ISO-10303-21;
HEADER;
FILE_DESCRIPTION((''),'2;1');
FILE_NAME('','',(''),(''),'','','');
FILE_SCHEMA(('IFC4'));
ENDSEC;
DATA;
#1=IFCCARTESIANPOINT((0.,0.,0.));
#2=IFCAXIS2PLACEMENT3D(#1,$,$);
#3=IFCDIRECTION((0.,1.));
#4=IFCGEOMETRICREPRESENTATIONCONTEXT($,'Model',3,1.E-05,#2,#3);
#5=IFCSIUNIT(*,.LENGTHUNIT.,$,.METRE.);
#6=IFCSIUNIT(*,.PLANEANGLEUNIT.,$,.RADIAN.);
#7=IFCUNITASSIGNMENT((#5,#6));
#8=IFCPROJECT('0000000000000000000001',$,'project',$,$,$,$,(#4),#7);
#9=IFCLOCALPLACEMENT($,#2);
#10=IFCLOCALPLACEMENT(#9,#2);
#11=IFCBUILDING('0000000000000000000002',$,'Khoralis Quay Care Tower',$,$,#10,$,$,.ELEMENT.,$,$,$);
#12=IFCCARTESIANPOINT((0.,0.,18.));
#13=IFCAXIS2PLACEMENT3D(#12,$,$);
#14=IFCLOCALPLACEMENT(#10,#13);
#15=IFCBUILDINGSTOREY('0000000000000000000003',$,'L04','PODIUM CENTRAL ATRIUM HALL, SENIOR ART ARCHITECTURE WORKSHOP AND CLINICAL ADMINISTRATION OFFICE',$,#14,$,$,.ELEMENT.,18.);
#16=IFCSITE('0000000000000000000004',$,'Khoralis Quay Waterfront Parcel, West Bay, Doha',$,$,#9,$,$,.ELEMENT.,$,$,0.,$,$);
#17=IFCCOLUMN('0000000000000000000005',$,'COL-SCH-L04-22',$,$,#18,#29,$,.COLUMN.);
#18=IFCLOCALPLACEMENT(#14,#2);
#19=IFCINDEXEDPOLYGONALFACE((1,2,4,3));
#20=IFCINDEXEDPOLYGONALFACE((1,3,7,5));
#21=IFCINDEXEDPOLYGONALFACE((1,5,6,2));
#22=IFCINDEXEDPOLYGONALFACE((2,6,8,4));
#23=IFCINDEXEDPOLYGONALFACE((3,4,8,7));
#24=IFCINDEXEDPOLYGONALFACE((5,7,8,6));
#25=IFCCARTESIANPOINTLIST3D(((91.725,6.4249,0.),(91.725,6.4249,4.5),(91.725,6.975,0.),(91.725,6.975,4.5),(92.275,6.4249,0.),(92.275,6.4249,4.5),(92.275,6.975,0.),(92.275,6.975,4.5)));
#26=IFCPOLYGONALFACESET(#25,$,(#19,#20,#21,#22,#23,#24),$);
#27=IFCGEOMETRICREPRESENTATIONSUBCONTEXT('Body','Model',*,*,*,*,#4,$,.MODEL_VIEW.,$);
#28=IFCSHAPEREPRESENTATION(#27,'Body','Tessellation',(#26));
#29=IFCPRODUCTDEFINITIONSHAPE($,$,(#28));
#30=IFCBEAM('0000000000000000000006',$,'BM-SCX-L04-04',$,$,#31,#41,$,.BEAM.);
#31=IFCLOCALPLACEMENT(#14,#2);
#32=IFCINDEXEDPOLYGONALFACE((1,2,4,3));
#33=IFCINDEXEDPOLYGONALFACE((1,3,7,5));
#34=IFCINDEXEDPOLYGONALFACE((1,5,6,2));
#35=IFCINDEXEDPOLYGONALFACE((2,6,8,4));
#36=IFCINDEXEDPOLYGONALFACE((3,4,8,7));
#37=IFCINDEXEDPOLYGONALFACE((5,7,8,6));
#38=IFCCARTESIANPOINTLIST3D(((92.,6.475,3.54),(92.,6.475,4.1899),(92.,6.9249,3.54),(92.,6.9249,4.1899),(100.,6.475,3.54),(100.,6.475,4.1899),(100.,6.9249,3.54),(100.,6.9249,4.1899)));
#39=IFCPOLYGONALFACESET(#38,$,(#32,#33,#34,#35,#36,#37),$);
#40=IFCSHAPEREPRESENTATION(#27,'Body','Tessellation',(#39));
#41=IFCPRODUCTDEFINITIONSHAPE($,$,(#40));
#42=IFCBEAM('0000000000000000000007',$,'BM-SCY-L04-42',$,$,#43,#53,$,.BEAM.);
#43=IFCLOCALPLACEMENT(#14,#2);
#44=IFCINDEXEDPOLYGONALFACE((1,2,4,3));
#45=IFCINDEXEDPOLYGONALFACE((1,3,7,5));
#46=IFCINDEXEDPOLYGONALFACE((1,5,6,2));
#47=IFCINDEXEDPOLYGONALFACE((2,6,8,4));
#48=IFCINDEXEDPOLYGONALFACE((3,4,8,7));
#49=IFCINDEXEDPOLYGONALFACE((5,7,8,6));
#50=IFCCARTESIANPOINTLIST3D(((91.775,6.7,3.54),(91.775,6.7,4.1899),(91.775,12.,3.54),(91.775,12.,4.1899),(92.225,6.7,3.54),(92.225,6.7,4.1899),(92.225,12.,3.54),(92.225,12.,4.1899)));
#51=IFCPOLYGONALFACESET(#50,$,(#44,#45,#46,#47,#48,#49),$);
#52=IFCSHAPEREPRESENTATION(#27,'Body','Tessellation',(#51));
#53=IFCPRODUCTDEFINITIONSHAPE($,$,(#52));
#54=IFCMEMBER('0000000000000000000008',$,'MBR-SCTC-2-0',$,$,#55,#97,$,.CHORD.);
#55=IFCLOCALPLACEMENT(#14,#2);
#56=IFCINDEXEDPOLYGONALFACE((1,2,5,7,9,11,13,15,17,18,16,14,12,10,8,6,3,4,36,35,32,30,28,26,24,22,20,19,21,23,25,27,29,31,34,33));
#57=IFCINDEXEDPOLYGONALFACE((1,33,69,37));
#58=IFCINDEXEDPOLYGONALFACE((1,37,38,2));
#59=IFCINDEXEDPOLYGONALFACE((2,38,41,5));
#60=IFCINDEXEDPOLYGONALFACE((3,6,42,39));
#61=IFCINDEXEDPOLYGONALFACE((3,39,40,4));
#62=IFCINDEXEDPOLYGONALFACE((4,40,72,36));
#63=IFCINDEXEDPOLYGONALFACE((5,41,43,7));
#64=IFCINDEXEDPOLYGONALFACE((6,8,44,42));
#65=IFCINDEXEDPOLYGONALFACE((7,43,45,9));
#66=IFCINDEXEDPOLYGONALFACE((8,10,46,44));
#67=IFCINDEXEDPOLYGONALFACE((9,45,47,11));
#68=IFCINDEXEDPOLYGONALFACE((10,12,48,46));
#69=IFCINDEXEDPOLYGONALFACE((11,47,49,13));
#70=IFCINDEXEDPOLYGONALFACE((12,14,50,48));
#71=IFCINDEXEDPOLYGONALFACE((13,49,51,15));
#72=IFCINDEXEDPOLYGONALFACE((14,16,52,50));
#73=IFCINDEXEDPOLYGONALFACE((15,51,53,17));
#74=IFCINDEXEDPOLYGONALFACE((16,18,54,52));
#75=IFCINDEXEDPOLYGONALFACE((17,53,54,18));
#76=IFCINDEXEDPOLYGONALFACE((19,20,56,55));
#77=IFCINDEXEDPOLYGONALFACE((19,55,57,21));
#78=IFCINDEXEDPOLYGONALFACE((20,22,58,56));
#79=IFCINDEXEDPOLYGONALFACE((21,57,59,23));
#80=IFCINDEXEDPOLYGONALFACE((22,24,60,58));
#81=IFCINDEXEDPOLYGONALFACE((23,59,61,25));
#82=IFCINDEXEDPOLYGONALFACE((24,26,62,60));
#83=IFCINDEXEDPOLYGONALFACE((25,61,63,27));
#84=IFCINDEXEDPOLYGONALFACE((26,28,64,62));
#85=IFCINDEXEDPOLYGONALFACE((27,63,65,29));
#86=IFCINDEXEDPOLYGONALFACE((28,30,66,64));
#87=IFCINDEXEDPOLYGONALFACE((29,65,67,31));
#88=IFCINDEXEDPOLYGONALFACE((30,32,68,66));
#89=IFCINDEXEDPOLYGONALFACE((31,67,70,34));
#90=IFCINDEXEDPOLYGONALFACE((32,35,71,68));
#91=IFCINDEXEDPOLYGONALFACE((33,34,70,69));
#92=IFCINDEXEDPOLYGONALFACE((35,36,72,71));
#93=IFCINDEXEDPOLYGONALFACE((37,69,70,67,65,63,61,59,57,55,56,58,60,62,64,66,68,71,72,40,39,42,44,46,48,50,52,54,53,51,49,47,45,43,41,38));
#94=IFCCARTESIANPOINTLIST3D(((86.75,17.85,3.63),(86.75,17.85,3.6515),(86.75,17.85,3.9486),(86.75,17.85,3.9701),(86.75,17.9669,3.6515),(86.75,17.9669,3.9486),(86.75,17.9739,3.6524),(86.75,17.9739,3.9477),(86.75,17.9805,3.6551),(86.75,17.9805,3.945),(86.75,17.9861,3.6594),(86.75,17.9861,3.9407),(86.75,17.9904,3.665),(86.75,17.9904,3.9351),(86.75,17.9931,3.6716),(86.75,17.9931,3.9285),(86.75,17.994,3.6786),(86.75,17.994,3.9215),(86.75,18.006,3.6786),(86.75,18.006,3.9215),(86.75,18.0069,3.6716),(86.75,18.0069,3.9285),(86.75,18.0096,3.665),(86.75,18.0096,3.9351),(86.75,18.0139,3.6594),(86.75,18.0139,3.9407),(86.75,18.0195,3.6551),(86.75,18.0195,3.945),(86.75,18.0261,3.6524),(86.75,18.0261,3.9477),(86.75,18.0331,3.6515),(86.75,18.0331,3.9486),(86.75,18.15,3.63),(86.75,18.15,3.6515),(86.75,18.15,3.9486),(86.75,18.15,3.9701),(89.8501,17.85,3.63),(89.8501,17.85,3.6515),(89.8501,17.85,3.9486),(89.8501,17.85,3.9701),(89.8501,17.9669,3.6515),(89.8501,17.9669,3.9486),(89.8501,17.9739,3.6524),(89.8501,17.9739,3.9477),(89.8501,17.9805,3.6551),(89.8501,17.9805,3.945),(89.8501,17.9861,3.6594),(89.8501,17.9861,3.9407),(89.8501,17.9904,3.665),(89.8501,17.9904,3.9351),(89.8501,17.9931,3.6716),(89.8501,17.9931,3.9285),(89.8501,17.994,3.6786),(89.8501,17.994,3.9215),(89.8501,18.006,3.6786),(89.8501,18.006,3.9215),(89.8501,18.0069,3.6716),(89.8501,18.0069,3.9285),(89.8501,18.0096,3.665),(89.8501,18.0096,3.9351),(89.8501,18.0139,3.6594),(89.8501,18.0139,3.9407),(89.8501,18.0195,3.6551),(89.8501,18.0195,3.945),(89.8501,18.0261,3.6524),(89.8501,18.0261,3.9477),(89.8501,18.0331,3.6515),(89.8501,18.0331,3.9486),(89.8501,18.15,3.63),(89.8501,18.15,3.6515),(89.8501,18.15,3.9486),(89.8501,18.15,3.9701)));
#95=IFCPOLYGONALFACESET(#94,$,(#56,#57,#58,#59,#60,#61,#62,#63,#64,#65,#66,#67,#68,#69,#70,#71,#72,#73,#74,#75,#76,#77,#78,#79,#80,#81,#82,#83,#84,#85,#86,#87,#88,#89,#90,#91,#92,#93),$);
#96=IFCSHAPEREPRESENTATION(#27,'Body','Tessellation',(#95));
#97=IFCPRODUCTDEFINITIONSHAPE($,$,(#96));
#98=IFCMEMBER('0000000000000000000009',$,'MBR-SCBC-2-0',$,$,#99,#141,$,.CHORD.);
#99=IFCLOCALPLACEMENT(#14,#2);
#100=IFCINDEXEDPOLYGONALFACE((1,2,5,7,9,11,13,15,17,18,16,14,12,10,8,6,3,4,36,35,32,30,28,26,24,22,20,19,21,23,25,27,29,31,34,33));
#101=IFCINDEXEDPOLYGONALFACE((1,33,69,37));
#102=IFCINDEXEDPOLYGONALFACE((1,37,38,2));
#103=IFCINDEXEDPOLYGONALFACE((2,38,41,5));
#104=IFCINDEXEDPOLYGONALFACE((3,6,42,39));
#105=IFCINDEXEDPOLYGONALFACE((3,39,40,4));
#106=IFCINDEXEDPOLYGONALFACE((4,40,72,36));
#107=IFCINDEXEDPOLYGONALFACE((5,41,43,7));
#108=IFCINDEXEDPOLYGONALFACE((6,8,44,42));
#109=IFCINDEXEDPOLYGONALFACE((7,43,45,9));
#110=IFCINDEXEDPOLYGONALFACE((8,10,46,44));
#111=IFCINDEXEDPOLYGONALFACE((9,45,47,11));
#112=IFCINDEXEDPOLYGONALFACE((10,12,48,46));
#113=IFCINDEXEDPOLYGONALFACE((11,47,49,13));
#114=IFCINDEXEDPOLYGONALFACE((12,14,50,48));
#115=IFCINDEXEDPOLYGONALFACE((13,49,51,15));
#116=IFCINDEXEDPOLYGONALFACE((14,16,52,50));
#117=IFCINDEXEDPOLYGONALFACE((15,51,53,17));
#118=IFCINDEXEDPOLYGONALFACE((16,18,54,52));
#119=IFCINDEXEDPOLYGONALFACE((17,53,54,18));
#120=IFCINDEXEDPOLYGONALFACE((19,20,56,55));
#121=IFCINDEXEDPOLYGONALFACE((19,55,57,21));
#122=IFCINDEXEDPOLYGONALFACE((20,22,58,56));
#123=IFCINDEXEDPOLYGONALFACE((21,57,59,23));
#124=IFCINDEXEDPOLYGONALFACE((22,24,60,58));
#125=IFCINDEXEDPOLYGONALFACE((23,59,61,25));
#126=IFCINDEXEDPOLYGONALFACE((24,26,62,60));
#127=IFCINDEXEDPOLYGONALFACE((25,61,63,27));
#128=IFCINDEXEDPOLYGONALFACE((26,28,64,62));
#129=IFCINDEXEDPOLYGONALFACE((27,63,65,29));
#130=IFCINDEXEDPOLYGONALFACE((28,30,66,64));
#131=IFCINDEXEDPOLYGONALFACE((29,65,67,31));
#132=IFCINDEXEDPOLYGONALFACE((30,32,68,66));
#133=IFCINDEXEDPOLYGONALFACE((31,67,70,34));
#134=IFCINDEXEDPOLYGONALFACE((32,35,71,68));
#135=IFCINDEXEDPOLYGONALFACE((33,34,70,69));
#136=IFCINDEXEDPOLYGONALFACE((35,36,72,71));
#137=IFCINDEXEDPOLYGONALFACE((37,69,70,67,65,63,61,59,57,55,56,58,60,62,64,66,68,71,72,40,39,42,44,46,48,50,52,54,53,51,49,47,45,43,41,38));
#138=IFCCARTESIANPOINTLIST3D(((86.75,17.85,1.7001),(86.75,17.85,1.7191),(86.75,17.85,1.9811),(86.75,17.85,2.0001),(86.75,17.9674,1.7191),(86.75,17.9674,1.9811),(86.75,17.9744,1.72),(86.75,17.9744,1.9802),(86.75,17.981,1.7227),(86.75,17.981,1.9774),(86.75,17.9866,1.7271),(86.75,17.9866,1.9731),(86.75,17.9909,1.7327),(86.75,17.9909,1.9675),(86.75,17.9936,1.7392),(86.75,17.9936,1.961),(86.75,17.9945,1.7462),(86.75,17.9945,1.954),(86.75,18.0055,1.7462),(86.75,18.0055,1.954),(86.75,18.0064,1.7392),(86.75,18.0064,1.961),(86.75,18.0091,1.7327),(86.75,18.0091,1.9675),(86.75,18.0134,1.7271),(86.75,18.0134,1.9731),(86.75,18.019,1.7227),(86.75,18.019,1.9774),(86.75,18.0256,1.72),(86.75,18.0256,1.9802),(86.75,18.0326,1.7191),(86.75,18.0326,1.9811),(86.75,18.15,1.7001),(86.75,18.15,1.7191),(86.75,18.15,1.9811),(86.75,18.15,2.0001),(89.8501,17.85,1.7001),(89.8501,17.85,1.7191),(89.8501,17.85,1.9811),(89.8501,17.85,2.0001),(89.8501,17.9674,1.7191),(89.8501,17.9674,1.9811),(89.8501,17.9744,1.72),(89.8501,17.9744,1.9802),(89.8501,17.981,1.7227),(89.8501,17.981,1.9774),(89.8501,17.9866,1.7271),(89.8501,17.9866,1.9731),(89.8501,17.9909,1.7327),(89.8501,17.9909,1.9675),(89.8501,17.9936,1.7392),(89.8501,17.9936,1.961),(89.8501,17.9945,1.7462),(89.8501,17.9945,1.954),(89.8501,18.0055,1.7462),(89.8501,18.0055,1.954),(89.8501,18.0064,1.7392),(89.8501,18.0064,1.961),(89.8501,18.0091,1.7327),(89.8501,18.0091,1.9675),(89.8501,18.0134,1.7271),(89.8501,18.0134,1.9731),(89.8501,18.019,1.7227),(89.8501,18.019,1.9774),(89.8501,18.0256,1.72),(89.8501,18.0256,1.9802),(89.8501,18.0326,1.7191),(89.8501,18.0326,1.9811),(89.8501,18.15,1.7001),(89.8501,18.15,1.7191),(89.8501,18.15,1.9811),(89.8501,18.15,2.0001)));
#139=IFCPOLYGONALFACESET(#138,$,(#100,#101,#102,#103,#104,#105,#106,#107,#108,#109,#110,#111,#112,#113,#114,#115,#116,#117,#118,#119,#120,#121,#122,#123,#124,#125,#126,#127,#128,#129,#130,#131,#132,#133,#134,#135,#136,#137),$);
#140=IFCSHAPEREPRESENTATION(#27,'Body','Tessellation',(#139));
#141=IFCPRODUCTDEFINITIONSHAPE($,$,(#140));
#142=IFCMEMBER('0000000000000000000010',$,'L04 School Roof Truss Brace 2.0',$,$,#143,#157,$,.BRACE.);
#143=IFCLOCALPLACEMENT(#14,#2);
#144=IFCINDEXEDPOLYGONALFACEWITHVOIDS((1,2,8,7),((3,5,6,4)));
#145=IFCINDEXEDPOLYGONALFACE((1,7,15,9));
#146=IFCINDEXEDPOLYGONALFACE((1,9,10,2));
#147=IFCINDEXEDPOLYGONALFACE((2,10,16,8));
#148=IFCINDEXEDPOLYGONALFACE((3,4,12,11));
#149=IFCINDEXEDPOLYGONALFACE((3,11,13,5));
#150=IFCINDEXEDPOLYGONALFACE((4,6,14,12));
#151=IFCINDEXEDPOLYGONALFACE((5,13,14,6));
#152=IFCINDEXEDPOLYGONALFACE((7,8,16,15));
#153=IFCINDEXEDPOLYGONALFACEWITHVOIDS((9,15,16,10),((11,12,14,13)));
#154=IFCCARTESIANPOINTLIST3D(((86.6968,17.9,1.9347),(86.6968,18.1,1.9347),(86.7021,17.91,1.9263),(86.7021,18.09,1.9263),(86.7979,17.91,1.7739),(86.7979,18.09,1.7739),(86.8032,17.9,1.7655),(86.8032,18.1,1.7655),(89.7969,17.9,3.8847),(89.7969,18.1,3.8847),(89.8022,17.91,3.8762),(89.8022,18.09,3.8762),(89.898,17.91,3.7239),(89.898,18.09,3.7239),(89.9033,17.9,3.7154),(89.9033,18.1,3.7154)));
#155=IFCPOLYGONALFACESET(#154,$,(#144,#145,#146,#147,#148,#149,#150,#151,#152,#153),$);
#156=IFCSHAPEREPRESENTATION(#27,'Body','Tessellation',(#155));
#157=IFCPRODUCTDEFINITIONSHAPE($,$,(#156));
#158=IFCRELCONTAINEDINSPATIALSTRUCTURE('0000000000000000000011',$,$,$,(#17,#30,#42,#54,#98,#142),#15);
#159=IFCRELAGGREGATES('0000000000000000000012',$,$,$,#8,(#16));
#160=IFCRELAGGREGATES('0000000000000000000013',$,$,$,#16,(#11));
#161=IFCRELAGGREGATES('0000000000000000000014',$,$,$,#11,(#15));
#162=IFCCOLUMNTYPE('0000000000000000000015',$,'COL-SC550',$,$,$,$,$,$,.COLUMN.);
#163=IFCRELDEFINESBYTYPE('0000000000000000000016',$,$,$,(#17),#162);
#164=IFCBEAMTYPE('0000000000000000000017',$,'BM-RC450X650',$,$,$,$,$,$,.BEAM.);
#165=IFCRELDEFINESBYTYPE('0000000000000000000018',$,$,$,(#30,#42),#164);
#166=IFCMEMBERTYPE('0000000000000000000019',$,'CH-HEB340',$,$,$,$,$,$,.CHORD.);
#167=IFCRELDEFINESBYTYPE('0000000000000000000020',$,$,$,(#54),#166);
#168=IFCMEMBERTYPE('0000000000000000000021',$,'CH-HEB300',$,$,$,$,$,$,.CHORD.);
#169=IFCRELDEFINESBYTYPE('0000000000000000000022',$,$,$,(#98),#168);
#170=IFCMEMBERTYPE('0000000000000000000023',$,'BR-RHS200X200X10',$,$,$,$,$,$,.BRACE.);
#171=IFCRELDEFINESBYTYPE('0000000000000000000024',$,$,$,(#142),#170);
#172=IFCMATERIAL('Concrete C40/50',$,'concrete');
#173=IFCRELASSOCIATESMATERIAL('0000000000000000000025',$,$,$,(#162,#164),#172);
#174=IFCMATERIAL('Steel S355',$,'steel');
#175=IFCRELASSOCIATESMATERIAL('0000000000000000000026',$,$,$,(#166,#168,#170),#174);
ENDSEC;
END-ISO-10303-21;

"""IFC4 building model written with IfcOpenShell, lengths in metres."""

from ifc_helpers import new_model, si_unit, direction, frame, origin, origin_2d, place, context, subcontext, project, spatial, rectangle, hollow_rectangle, i_section, extrude, source, transform, mapped, material, material_profile, profile_set, type_object, element, save


model = new_model("IFC4")

# Units and contexts
model_context = context("Model", 3, precision=1e-05, world=origin(), true_north=direction((0.0, 1.0)))
body_context = subcontext(model_context, "Body", "Model", "MODEL_VIEW")
ifc_project = project(units=[si_unit("LENGTHUNIT", "METRE"), si_unit("PLANEANGLEUNIT", "RADIAN")], contexts=[model_context])

# Site, building, storey
site_placement = place(None, origin())
site = spatial("IfcSite", under=ifc_project, at=site_placement, Name="Khoralis Quay Waterfront Parcel, West Bay, Doha", CompositionType="ELEMENT", RefElevation=0.0)
building_placement = place(site_placement, origin())
building = spatial("IfcBuilding", under=site, at=building_placement, Name="Khoralis Quay Care Tower", CompositionType="ELEMENT")
storey_placement = place(building_placement, frame((0.0, 0.0, 18.0)))
storey = spatial("IfcBuildingStorey", under=building, at=storey_placement, Name="L04", Description="PODIUM CENTRAL ATRIUM HALL, SENIOR ART ARCHITECTURE WORKSHOP AND CLINICAL ADMINISTRATION OFFICE", CompositionType="ELEMENT", Elevation=18.0)

# Column
ifc_material_1 = material(Name="Concrete C40/50", Category="concrete")
ifc_material_profile_1 = material_profile(ifc_material_1, rectangle(XDim=0.55, YDim=0.55, at=origin_2d()), Name="Concrete C40/50")
ifc_profile_set_1 = profile_set([ifc_material_profile_1], Name="Concrete C40/50")
column_type = type_object("IfcColumnType", Name="COL-SC550", PredefinedType="COLUMN", material=ifc_profile_set_1)
shared_shape_1 = source(origin(), body_context, "Body", "SweptSolid", [
    extrude(rectangle(XDim=0.55, YDim=0.55, at=origin_2d()), origin(), (0.0, 0.0, 1.0), 4.5),
])
column_placement = place(storey_placement, frame((92.0, 6.7, 0.0), z_axis=(0.0, 0.0, 1.0), x_axis=(1.0, 0.0, 0.0)))
element("IfcColumn", 1, at=column_placement, inside=storey, type_object=column_type, Name="COL-SCH-L04-22", PredefinedType="COLUMN", context=body_context, shape_type="MappedRepresentation", body=[
    mapped(shared_shape_1, transform((0.0, 0.0, 0.0), scale=1.0)),
])

# Beams
ifc_material_profile_2 = material_profile(ifc_material_1, rectangle(XDim=0.45, YDim=0.6499, at=origin_2d()), Name="Concrete C40/50")
ifc_profile_set_2 = profile_set([ifc_material_profile_2], Name="Concrete C40/50")
beam_type = type_object("IfcBeamType", Name="BM-RC450X650", PredefinedType="BEAM", material=ifc_profile_set_2)
shared_shape_2 = source(origin(), body_context, "Body", "SweptSolid", [
    extrude(rectangle(XDim=0.45, YDim=0.6499, at=origin_2d()), origin(), (0.0, 0.0, 1.0), 8.0),
])
beam_1_placement = place(storey_placement, frame((92.0, 6.7, 3.865), z_axis=(1.0, 0.0, 0.0), x_axis=(0.0, 1.0, 0.0)))
element("IfcBeam", 2, at=beam_1_placement, inside=storey, type_object=beam_type, Name="BM-SCX-L04-04", PredefinedType="BEAM", context=body_context, shape_type="MappedRepresentation", body=[
    mapped(shared_shape_2, transform((0.0, 0.0, 0.0), scale=1.0)),
])
shared_shape_3 = source(origin(), body_context, "Body", "SweptSolid", [
    extrude(rectangle(XDim=0.45, YDim=0.6499, at=origin_2d()), origin(), (0.0, 0.0, 1.0), 5.3),
])
beam_2_placement = place(storey_placement, frame((92.0, 6.7, 3.865), z_axis=(0.0, 1.0, 0.0), x_axis=(-1.0, 0.0, 0.0)))
element("IfcBeam", 3, at=beam_2_placement, inside=storey, type_object=beam_type, Name="BM-SCY-L04-42", PredefinedType="BEAM", context=body_context, shape_type="MappedRepresentation", body=[
    mapped(shared_shape_3, transform((0.0, 0.0, 0.0), scale=1.0)),
])

# Members
ifc_material_2 = material(Name="Steel S355", Category="steel")
ifc_material_profile_3 = material_profile(ifc_material_2, i_section(OverallWidth=0.3, OverallDepth=0.3401, WebThickness=0.012, FlangeThickness=0.0215, FilletRadius=0.0271, at=origin_2d()), Name="Steel S355")
ifc_profile_set_3 = profile_set([ifc_material_profile_3], Name="Steel S355")
member_type_1 = type_object("IfcMemberType", Name="CH-HEB340", PredefinedType="CHORD", material=ifc_profile_set_3)
shared_shape_4 = source(origin(), body_context, "Body", "SweptSolid", [
    extrude(i_section(OverallWidth=0.3, OverallDepth=0.3401, WebThickness=0.012, FlangeThickness=0.0215, FilletRadius=0.0271, at=origin_2d()), origin(), (0.0, 0.0, 1.0), 3.1001),
])
member_1_placement = place(storey_placement, frame((86.75, 18.0, 3.8), z_axis=(1.0, 0.0, 0.0), x_axis=(0.0, 1.0, 0.0)))
element("IfcMember", 4, at=member_1_placement, inside=storey, type_object=member_type_1, Name="MBR-SCTC-2-0", PredefinedType="CHORD", context=body_context, shape_type="MappedRepresentation", body=[
    mapped(shared_shape_4, transform((0.0, 0.0, 0.0), scale=1.0)),
])
ifc_material_profile_4 = material_profile(ifc_material_2, i_section(OverallWidth=0.3, OverallDepth=0.3, WebThickness=0.011, FlangeThickness=0.019, FilletRadius=0.0271, at=origin_2d()), Name="Steel S355")
ifc_profile_set_4 = profile_set([ifc_material_profile_4], Name="Steel S355")
member_type_2 = type_object("IfcMemberType", Name="CH-HEB300", PredefinedType="CHORD", material=ifc_profile_set_4)
shared_shape_5 = source(origin(), body_context, "Body", "SweptSolid", [
    extrude(i_section(OverallWidth=0.3, OverallDepth=0.3, WebThickness=0.011, FlangeThickness=0.019, FilletRadius=0.0271, at=origin_2d()), origin(), (0.0, 0.0, 1.0), 3.1001),
])
member_2_placement = place(storey_placement, frame((86.75, 18.0, 1.8501), z_axis=(1.0, 0.0, 0.0), x_axis=(0.0, 1.0, 0.0)))
element("IfcMember", 5, at=member_2_placement, inside=storey, type_object=member_type_2, Name="MBR-SCBC-2-0", PredefinedType="CHORD", context=body_context, shape_type="MappedRepresentation", body=[
    mapped(shared_shape_5, transform((0.0, 0.0, 0.0), scale=1.0)),
])
ifc_material_profile_5 = material_profile(ifc_material_2, hollow_rectangle(XDim=0.2, YDim=0.2, WallThickness=0.01, at=origin_2d()), Name="Steel S355")
ifc_profile_set_5 = profile_set([ifc_material_profile_5], Name="Steel S355")
member_type_3 = type_object("IfcMemberType", Name="BR-RHS200X200X10", PredefinedType="BRACE", material=ifc_profile_set_5)
shared_shape_6 = source(origin(), body_context, "Body", "SweptSolid", [
    extrude(hollow_rectangle(XDim=0.2, YDim=0.2, WallThickness=0.01, at=origin_2d()), origin(), (0.0, 0.0, 1.0), 3.6624),
])
member_3_placement = place(storey_placement, frame((86.75, 18.0, 1.8501), z_axis=(0.846474, 0.0, 0.53243), x_axis=(0.0, 1.0, 0.0)))
element("IfcMember", 6, at=member_3_placement, inside=storey, type_object=member_type_3, Name="L04 School Roof Truss Brace 2.0", PredefinedType="BRACE", context=body_context, shape_type="MappedRepresentation", body=[
    mapped(shared_shape_6, transform((0.0, 0.0, 0.0), scale=1.0)),
])

save(model, "model.ifc")
